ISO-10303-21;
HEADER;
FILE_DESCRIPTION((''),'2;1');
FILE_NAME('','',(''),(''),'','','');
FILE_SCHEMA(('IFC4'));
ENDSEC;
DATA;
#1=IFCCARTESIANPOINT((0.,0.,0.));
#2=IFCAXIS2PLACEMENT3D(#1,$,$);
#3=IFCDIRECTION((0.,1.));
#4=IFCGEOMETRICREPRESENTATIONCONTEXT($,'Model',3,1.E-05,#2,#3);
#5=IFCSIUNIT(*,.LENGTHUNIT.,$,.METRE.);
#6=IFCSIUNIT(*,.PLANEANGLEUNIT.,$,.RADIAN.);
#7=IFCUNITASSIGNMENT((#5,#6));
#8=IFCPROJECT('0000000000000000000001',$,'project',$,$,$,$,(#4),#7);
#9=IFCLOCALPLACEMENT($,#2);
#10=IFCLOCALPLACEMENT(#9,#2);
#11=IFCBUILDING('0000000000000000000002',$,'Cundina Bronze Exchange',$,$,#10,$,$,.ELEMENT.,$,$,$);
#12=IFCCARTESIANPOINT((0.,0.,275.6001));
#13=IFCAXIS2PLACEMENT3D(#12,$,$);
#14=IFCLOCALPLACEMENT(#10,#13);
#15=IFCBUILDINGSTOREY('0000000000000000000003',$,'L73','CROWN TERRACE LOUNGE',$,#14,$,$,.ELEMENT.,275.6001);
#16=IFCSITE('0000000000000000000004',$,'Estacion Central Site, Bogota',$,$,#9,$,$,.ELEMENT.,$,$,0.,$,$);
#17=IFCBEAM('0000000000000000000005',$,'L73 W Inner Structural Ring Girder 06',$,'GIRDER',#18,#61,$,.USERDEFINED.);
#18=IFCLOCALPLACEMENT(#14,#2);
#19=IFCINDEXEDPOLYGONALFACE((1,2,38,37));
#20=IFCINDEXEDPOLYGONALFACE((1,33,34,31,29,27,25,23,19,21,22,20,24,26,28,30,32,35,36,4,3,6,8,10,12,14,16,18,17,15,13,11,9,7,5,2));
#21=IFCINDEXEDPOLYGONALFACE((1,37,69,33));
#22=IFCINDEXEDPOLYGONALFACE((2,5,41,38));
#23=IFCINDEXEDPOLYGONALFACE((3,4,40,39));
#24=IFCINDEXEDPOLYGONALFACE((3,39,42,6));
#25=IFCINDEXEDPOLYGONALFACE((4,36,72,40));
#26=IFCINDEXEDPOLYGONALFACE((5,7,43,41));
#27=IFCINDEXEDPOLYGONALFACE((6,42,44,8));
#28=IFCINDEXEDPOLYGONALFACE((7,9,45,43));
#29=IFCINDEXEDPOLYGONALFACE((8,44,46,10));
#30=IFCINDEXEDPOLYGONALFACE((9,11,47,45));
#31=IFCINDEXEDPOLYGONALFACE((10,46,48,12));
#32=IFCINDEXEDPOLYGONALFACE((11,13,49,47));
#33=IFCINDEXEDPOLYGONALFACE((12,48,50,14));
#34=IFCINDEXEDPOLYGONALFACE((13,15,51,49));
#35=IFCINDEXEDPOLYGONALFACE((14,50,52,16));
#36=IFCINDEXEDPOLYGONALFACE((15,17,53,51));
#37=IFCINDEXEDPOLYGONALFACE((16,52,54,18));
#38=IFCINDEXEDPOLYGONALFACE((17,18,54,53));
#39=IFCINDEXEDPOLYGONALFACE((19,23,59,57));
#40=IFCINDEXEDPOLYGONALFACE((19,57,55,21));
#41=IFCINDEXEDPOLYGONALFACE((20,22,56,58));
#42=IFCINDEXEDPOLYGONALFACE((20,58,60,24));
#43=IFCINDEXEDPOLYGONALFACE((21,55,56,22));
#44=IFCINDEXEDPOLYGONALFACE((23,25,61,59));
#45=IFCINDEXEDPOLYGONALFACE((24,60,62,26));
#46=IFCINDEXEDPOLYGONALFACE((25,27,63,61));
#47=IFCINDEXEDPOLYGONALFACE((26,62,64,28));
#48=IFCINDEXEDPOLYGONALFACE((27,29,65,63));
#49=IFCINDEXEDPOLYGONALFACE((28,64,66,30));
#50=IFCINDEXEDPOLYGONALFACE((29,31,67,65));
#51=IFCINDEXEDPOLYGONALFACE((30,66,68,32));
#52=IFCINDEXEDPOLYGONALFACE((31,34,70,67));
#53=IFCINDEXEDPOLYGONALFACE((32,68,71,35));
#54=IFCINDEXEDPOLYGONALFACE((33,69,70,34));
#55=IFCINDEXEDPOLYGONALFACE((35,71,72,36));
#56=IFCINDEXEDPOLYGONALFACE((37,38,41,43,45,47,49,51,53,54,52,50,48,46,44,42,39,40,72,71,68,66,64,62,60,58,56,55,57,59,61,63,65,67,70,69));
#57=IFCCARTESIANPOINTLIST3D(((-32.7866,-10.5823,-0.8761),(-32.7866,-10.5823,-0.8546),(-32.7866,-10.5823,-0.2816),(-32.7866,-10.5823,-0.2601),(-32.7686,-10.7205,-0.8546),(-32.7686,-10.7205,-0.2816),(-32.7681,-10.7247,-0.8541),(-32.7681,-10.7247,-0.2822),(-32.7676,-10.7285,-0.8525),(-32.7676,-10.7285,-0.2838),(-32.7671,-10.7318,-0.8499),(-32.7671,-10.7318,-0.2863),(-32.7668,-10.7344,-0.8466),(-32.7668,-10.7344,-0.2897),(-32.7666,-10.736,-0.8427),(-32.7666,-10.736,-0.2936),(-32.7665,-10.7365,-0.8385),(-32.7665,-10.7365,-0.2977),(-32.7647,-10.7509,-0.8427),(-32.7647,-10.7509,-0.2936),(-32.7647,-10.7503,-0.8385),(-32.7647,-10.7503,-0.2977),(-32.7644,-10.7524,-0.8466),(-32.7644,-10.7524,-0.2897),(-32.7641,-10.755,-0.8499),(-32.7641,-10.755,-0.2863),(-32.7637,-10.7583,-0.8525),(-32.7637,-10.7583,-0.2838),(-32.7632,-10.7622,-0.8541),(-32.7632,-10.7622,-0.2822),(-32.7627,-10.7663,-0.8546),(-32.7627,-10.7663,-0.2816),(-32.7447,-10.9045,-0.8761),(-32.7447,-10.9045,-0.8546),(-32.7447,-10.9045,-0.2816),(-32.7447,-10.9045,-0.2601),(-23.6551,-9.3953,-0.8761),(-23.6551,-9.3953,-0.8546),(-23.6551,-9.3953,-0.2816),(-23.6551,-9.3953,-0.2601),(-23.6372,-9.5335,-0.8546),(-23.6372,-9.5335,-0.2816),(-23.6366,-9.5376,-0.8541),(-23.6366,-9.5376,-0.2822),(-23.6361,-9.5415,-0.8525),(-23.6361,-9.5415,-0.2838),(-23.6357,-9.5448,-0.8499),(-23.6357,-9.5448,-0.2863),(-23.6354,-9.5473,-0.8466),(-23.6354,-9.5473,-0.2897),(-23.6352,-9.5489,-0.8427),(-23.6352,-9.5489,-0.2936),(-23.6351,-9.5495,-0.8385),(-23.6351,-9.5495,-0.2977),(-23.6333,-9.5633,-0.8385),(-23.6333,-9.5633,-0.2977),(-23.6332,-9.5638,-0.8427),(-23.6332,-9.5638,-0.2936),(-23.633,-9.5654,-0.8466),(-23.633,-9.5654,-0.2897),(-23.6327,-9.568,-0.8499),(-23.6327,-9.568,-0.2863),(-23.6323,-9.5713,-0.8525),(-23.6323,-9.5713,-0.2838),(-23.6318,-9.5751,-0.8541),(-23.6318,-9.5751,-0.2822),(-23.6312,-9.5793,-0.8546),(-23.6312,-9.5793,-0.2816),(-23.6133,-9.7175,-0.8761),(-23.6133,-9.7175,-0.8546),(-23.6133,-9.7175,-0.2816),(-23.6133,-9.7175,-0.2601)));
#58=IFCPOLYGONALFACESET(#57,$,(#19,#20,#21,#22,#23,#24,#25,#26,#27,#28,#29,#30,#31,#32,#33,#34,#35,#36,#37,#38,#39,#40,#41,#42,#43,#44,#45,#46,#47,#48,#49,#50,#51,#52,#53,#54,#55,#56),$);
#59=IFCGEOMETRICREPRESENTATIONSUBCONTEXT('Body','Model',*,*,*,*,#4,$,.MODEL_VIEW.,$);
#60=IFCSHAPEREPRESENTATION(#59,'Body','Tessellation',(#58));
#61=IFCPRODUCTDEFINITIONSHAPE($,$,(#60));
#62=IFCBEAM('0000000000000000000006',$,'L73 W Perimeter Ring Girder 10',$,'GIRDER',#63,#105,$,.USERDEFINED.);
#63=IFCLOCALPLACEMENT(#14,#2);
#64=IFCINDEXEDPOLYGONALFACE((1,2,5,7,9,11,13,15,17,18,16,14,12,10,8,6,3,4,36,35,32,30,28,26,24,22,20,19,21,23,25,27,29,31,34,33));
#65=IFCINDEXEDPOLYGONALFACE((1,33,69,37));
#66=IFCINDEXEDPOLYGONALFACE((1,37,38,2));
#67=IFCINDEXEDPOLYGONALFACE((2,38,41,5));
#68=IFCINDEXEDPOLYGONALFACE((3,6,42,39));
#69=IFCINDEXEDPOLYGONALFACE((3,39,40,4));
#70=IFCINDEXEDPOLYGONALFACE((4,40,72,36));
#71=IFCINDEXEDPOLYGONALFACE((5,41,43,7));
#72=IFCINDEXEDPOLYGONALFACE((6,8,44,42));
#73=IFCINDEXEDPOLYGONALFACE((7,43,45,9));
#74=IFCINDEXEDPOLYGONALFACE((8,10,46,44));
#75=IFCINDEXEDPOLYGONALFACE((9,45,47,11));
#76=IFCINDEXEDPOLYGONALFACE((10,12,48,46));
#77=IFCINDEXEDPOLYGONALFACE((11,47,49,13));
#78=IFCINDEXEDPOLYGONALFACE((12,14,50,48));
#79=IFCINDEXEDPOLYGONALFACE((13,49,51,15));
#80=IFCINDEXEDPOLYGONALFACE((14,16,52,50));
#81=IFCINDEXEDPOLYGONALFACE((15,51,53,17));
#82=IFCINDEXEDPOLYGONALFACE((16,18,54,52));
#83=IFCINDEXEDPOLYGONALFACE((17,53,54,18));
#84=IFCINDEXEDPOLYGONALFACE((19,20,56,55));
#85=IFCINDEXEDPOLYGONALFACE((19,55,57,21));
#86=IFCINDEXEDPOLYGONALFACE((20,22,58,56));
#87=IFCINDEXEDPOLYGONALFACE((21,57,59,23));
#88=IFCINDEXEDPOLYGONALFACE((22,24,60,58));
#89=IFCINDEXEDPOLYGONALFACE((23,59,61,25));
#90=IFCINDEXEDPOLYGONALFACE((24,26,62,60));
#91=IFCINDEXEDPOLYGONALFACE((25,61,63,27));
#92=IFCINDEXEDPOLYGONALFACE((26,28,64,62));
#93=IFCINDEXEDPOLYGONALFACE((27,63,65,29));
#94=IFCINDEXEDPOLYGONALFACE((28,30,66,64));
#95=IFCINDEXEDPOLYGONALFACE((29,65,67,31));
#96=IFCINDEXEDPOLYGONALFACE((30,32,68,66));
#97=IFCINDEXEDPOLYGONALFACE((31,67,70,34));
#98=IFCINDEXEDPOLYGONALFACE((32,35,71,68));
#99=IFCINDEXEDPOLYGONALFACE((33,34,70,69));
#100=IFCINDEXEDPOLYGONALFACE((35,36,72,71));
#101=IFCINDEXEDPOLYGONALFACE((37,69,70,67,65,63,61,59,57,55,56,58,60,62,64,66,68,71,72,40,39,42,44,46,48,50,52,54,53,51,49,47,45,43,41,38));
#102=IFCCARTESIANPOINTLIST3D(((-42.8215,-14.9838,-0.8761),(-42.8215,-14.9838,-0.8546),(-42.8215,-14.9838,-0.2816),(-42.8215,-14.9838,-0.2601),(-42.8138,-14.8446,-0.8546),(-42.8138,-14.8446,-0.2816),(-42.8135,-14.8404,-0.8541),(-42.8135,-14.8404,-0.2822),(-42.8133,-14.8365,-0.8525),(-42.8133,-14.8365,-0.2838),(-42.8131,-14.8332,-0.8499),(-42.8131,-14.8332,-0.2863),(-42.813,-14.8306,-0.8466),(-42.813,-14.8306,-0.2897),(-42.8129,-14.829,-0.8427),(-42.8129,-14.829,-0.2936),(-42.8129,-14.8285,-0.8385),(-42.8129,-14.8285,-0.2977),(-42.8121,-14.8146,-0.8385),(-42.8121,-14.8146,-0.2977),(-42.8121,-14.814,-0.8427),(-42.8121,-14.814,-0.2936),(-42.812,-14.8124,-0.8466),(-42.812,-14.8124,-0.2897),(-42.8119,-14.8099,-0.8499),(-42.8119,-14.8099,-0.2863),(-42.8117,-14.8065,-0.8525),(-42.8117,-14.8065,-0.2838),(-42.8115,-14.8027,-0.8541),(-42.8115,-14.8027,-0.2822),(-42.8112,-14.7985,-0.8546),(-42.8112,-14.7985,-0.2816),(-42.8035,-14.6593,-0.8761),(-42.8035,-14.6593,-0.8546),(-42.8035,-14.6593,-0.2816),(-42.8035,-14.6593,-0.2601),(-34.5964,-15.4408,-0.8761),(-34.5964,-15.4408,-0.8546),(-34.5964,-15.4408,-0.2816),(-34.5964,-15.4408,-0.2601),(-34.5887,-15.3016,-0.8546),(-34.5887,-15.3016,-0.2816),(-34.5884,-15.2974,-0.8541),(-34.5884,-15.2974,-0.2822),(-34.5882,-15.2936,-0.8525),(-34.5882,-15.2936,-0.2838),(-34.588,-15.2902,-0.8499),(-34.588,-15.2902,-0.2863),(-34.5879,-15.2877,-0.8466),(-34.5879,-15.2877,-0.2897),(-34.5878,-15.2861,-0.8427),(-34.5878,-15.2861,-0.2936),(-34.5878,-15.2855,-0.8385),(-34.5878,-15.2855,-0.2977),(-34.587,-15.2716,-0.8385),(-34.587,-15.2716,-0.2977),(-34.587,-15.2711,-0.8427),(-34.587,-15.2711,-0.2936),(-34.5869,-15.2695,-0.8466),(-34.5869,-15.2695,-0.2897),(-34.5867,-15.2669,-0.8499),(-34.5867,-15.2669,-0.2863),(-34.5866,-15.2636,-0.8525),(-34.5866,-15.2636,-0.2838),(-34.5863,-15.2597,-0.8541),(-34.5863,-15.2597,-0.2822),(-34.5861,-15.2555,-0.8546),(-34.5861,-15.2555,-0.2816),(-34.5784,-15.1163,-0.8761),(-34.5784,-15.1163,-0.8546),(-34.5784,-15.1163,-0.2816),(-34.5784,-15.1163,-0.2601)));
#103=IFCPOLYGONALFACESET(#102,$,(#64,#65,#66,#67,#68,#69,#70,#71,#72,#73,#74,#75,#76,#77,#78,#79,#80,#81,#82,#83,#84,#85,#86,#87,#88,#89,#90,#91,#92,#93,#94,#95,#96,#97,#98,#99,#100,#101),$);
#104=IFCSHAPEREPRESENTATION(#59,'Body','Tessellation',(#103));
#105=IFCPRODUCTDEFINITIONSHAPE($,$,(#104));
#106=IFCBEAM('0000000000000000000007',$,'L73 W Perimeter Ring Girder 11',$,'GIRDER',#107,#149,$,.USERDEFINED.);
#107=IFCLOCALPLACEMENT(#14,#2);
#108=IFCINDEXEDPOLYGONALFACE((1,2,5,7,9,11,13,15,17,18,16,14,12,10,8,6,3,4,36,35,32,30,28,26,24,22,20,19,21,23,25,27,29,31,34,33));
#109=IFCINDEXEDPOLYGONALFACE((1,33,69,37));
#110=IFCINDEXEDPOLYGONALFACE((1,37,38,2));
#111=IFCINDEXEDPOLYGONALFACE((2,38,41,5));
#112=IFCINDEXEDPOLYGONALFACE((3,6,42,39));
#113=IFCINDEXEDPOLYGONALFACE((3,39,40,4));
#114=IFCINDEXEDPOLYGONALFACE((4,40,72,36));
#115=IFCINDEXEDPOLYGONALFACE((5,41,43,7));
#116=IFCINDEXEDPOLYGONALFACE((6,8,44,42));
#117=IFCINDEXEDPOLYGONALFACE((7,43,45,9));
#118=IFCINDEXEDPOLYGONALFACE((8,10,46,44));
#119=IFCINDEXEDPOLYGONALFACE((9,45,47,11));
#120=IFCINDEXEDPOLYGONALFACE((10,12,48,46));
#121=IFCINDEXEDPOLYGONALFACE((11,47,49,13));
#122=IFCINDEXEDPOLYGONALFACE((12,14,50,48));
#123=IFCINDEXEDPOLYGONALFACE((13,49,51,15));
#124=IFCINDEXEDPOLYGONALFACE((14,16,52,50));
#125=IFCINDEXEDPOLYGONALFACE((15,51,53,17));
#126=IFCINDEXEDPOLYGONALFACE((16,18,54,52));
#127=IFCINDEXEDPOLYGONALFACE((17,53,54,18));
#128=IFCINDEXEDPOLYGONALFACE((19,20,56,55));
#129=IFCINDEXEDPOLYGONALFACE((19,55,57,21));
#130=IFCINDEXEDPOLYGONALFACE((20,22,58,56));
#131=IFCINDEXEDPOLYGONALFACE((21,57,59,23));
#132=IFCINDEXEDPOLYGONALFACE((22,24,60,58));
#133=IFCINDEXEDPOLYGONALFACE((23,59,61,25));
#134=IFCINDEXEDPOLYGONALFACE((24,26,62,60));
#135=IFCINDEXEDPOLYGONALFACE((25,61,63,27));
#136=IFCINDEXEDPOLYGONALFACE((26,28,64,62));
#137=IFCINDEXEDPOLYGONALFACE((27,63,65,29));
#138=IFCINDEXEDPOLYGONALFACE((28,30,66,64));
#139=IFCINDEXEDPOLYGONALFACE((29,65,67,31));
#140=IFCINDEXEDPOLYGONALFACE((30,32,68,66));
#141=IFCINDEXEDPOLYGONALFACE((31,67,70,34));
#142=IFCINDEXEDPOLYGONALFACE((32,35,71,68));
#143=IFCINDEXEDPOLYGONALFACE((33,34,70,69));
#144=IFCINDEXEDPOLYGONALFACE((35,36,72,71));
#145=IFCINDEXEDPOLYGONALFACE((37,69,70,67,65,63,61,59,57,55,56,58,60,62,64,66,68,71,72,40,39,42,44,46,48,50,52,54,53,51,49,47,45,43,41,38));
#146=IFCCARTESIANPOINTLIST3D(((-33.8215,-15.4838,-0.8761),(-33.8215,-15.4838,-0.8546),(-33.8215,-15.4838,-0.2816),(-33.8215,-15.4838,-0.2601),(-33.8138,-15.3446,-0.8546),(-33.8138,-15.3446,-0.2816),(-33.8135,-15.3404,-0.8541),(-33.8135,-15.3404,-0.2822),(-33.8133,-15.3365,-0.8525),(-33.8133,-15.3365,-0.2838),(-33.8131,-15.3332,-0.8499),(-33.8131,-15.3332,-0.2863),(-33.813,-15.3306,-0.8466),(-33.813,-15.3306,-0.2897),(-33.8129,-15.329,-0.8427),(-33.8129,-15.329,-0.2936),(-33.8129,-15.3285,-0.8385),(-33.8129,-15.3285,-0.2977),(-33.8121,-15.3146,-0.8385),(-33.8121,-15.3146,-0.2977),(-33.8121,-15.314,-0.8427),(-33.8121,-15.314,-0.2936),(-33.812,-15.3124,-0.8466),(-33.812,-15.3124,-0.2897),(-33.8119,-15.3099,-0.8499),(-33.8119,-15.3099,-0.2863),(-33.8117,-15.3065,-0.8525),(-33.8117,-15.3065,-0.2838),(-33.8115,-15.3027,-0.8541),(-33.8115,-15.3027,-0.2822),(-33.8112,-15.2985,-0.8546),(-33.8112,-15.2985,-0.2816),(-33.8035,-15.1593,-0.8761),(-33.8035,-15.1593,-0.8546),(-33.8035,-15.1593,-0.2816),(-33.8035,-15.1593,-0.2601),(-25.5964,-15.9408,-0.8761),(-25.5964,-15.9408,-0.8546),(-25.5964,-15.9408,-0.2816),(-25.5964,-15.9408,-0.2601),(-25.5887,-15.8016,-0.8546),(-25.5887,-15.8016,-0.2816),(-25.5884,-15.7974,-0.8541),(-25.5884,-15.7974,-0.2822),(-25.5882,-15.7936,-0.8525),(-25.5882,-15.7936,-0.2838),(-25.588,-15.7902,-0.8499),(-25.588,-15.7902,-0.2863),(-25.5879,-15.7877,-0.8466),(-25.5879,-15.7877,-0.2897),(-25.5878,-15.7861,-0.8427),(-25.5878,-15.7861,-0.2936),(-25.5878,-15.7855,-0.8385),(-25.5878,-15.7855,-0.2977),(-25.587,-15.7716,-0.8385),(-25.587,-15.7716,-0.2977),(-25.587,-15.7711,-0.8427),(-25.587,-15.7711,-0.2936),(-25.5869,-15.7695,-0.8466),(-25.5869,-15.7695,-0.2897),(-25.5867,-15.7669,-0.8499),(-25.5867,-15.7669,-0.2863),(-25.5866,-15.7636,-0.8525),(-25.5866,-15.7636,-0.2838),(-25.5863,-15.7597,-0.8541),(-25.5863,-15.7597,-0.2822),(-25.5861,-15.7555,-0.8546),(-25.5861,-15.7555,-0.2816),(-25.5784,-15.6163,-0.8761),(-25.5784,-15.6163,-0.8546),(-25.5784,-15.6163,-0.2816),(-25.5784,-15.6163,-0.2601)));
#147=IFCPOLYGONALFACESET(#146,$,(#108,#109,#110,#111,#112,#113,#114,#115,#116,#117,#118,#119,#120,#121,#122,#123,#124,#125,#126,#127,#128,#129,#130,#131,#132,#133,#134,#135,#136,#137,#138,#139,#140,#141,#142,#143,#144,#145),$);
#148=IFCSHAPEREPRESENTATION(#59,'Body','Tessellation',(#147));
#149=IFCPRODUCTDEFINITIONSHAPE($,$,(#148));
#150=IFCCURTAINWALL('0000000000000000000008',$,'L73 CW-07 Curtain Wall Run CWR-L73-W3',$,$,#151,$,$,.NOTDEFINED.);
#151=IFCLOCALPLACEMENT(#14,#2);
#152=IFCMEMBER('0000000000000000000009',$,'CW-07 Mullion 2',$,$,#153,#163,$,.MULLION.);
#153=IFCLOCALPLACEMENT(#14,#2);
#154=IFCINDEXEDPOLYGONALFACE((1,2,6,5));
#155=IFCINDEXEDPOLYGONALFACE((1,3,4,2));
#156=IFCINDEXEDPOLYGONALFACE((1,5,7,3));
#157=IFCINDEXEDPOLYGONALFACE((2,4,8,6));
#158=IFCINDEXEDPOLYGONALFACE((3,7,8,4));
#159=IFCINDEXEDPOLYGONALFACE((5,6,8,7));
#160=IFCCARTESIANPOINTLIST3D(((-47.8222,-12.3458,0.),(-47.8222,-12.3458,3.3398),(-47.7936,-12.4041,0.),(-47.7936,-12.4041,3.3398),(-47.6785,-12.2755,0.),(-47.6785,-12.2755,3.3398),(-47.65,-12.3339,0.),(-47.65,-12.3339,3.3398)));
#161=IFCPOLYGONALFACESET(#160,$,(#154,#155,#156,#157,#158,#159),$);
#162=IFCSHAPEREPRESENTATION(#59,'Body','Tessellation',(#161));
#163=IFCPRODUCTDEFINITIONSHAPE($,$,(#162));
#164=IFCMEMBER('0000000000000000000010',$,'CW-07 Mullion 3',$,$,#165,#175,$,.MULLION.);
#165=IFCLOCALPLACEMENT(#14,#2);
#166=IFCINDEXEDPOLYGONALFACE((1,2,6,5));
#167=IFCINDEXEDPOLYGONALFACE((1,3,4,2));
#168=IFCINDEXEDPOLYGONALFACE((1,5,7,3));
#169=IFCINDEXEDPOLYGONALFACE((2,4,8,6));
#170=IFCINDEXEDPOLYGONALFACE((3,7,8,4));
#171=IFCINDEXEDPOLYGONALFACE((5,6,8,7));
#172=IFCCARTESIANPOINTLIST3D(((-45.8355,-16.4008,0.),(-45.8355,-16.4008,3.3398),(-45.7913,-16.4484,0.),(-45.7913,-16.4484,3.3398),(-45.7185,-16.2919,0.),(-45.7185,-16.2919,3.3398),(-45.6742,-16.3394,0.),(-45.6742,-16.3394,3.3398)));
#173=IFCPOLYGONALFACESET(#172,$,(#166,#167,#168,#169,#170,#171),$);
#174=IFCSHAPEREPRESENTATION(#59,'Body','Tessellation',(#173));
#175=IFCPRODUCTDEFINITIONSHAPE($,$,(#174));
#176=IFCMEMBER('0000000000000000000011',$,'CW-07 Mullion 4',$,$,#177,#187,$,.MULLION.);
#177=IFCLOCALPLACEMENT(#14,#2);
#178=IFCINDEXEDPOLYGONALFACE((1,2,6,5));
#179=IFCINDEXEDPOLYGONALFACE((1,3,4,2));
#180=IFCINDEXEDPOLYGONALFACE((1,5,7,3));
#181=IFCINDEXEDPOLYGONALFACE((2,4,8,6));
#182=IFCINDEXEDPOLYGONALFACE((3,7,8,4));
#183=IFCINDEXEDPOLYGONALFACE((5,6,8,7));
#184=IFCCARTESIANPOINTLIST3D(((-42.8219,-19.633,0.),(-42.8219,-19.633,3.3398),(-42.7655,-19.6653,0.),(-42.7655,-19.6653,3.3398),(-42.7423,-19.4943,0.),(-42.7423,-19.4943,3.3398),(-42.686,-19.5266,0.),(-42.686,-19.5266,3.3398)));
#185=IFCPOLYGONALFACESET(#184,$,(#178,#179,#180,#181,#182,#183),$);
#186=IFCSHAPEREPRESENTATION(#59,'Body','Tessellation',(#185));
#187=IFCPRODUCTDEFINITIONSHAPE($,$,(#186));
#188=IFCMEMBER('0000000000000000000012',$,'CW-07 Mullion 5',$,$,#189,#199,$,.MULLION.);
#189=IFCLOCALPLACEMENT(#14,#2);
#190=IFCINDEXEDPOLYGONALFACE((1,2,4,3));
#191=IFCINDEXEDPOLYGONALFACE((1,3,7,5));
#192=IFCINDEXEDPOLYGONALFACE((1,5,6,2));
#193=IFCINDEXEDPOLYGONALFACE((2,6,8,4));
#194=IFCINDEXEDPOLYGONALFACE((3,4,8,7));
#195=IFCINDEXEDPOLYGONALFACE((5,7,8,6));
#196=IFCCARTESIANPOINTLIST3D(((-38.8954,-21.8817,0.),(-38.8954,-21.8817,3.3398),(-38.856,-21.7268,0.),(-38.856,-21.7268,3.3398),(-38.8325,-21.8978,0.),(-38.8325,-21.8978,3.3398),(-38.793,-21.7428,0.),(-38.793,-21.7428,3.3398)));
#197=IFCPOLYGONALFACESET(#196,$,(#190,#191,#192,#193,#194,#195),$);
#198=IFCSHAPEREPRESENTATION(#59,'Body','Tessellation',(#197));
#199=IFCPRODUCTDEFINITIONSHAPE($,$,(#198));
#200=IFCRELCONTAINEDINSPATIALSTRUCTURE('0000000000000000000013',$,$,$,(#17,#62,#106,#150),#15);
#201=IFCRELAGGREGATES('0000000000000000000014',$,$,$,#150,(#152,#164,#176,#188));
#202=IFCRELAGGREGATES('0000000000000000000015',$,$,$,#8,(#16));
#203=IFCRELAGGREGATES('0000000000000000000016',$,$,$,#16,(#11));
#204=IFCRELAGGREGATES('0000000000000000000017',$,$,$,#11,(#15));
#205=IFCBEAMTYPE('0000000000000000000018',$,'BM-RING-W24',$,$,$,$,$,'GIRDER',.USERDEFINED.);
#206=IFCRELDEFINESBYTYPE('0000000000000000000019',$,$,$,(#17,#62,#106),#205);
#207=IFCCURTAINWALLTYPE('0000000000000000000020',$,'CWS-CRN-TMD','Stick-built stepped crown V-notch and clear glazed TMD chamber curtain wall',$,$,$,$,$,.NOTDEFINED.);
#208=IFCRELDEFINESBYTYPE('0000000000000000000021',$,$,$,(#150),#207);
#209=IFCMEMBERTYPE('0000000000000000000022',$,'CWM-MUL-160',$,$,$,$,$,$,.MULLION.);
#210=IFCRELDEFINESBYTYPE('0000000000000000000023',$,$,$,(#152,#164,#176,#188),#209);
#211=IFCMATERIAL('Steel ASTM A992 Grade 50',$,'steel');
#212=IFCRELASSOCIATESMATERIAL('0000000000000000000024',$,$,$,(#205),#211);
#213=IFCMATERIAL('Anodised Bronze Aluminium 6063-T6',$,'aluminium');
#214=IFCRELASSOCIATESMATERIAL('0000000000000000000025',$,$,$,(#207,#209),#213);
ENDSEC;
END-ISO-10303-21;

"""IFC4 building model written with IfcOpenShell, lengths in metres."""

from ifc_helpers import new_model, si_unit, direction, frame, origin, origin_2d, place, context, subcontext, project, spatial, rectangle, i_section, extrude, material, material_profile, profile_set, type_object, element, aggregate, save


model = new_model("IFC4")

# Units and contexts
model_context = context("Model", 3, precision=1e-05, world=origin(), true_north=direction((0.0, 1.0)))
body_context = subcontext(model_context, "Body", "Model", "MODEL_VIEW")
ifc_project = project(units=[si_unit("LENGTHUNIT", "METRE"), si_unit("PLANEANGLEUNIT", "RADIAN")], contexts=[model_context])

# Site, building, storey
site_placement = place(None, origin())
site = spatial("IfcSite", under=ifc_project, at=site_placement, Name="Estacion Central Site, Bogota", CompositionType="ELEMENT", RefElevation=0.0)
building_placement = place(site_placement, origin())
building = spatial("IfcBuilding", under=site, at=building_placement, Name="Cundina Bronze Exchange", CompositionType="ELEMENT")
storey_placement = place(building_placement, frame((0.0, 0.0, 275.6001)))
storey = spatial("IfcBuildingStorey", under=building, at=storey_placement, Name="L73", Description="CROWN TERRACE LOUNGE", CompositionType="ELEMENT", Elevation=275.6001)

# Beams
ifc_material_1 = material(Name="Steel ASTM A992 Grade 50", Category="steel")
ifc_material_profile_1 = material_profile(ifc_material_1, i_section(OverallWidth=0.325, OverallDepth=0.616, WebThickness=0.0139, FlangeThickness=0.0215, FilletRadius=0.0161, at=origin_2d()), Name="W24X117", Category="steel")
ifc_profile_set_1 = profile_set([ifc_material_profile_1], Name="Steel ASTM A992 Grade 50")
beam_type_1 = type_object("IfcBeamType", Name="BM-RING-W24", ElementType="GIRDER", PredefinedType="USERDEFINED", material=ifc_profile_set_1)
beam_1_placement = place(storey_placement, frame((-32.7656, -10.7434, -0.5681), z_axis=(0.991656, 0.128908, 0.0), x_axis=(-0.128908, 0.991656, 0.0)))
element("IfcBeam", 1, at=beam_1_placement, inside=storey, type_object=beam_type_1, Name="L73 W Inner Structural Ring Girder 06", ObjectType="GIRDER", PredefinedType="USERDEFINED", context=body_context, shape_type="SweptSolid", body=[
    extrude(i_section(OverallWidth=0.325, OverallDepth=0.616, WebThickness=0.0139, FlangeThickness=0.0215, FilletRadius=0.0161, at=origin_2d()), origin(), (0.0, 0.0, 1.0), 9.2083),
])
for number, where, z_axis, x_axis, name in (
    (2, (-42.8125, -14.8215, -0.5681), (0.99846, -0.05548, 0.0), (0.05548, 0.99846, 0.0), "L73 W Perimeter Ring Girder 10"),
    (3, (-33.8125, -15.3215, -0.5681), (0.99846, -0.05548, 0.0), (0.05548, 0.99846, 0.0), "L73 W Perimeter Ring Girder 11"),
):
    element("IfcBeam", number, at=place(storey_placement, frame(where, z_axis=z_axis, x_axis=x_axis)), inside=storey, type_object=beam_type_1, Name=name, ObjectType="GIRDER", PredefinedType="USERDEFINED", context=body_context, shape_type="SweptSolid", body=[
        extrude(i_section(OverallWidth=0.325, OverallDepth=0.616, WebThickness=0.0139, FlangeThickness=0.0215, FilletRadius=0.0161, at=origin_2d()), origin(), (0.0, 0.0, 1.0), 8.2378),
    ])

# Curtain wall, members
ifc_material_2 = material(Name="Anodised Bronze Aluminium 6063-T6", Category="aluminium")
curtain_wall_type = type_object("IfcCurtainWallType", Name="CWS-CRN-TMD", Description="Stick-built stepped crown V-notch and clear glazed TMD chamber curtain wall", PredefinedType="NOTDEFINED", material=ifc_material_2)
curtain_wall_placement = place(storey_placement, origin())
curtain_wall = element("IfcCurtainWall", 4, at=curtain_wall_placement, inside=storey, type_object=curtain_wall_type, Name="L73 CW-07 Curtain Wall Run CWR-L73-W3", PredefinedType="NOTDEFINED")
ifc_material_profile_2 = material_profile(ifc_material_2, rectangle(XDim=0.0649, YDim=0.1599, at=origin_2d()), Name="AL65X160", Category="aluminium")
ifc_profile_set_2 = profile_set([ifc_material_profile_2], Name="Anodised Bronze Aluminium 6063-T6")
member_type_1 = type_object("IfcMemberType", Name="CWM-MUL-160", PredefinedType="MULLION", material=ifc_profile_set_2)
member_1_placement = place(storey_placement, frame((-47.7361, -12.3398, 0.0), z_axis=(0.0, 0.0, 1.0), x_axis=(0.439469, -0.898258, 0.0)))
member_1 = element("IfcMember", 5, at=member_1_placement, type_object=member_type_1, Name="CW-07 Mullion 2", PredefinedType="MULLION", context=body_context, shape_type="SweptSolid", body=[
    extrude(rectangle(XDim=0.0649, YDim=0.1599, at=origin_2d()), origin(), (0.0, 0.0, 1.0), 3.3398),
])
member_2_placement = place(storey_placement, frame((-45.7549, -16.3701, 0.0), z_axis=(0.0, 0.0, 1.0), x_axis=(0.681488, -0.73183, 0.0)))
member_2 = element("IfcMember", 6, at=member_2_placement, type_object=member_type_1, Name="CW-07 Mullion 3", PredefinedType="MULLION", context=body_context, shape_type="SweptSolid", body=[
    extrude(rectangle(XDim=0.0649, YDim=0.1599, at=origin_2d()), origin(), (0.0, 0.0, 1.0), 3.3398),
])
member_3_placement = place(storey_placement, frame((-42.7539, -19.5798, 0.0), z_axis=(0.0, 0.0, 1.0), x_axis=(0.867418, -0.49758, 0.0)))
member_3 = element("IfcMember", 7, at=member_3_placement, type_object=member_type_1, Name="CW-07 Mullion 4", PredefinedType="MULLION", context=body_context, shape_type="SweptSolid", body=[
    extrude(rectangle(XDim=0.0649, YDim=0.1599, at=origin_2d()), origin(), (0.0, 0.0, 1.0), 3.3398),
])
member_4_placement = place(storey_placement, frame((-38.8442, -21.8123, 0.0), z_axis=(0.0, 0.0, 1.0), x_axis=(0.969059, -0.24683, 0.0)))
member_4 = element("IfcMember", 8, at=member_4_placement, type_object=member_type_1, Name="CW-07 Mullion 5", PredefinedType="MULLION", context=body_context, shape_type="SweptSolid", body=[
    extrude(rectangle(XDim=0.0649, YDim=0.1599, at=origin_2d()), origin(), (0.0, 0.0, 1.0), 3.3398),
])
aggregate(curtain_wall, [member_1, member_2, member_3, member_4])

save(model, "model.ifc")
